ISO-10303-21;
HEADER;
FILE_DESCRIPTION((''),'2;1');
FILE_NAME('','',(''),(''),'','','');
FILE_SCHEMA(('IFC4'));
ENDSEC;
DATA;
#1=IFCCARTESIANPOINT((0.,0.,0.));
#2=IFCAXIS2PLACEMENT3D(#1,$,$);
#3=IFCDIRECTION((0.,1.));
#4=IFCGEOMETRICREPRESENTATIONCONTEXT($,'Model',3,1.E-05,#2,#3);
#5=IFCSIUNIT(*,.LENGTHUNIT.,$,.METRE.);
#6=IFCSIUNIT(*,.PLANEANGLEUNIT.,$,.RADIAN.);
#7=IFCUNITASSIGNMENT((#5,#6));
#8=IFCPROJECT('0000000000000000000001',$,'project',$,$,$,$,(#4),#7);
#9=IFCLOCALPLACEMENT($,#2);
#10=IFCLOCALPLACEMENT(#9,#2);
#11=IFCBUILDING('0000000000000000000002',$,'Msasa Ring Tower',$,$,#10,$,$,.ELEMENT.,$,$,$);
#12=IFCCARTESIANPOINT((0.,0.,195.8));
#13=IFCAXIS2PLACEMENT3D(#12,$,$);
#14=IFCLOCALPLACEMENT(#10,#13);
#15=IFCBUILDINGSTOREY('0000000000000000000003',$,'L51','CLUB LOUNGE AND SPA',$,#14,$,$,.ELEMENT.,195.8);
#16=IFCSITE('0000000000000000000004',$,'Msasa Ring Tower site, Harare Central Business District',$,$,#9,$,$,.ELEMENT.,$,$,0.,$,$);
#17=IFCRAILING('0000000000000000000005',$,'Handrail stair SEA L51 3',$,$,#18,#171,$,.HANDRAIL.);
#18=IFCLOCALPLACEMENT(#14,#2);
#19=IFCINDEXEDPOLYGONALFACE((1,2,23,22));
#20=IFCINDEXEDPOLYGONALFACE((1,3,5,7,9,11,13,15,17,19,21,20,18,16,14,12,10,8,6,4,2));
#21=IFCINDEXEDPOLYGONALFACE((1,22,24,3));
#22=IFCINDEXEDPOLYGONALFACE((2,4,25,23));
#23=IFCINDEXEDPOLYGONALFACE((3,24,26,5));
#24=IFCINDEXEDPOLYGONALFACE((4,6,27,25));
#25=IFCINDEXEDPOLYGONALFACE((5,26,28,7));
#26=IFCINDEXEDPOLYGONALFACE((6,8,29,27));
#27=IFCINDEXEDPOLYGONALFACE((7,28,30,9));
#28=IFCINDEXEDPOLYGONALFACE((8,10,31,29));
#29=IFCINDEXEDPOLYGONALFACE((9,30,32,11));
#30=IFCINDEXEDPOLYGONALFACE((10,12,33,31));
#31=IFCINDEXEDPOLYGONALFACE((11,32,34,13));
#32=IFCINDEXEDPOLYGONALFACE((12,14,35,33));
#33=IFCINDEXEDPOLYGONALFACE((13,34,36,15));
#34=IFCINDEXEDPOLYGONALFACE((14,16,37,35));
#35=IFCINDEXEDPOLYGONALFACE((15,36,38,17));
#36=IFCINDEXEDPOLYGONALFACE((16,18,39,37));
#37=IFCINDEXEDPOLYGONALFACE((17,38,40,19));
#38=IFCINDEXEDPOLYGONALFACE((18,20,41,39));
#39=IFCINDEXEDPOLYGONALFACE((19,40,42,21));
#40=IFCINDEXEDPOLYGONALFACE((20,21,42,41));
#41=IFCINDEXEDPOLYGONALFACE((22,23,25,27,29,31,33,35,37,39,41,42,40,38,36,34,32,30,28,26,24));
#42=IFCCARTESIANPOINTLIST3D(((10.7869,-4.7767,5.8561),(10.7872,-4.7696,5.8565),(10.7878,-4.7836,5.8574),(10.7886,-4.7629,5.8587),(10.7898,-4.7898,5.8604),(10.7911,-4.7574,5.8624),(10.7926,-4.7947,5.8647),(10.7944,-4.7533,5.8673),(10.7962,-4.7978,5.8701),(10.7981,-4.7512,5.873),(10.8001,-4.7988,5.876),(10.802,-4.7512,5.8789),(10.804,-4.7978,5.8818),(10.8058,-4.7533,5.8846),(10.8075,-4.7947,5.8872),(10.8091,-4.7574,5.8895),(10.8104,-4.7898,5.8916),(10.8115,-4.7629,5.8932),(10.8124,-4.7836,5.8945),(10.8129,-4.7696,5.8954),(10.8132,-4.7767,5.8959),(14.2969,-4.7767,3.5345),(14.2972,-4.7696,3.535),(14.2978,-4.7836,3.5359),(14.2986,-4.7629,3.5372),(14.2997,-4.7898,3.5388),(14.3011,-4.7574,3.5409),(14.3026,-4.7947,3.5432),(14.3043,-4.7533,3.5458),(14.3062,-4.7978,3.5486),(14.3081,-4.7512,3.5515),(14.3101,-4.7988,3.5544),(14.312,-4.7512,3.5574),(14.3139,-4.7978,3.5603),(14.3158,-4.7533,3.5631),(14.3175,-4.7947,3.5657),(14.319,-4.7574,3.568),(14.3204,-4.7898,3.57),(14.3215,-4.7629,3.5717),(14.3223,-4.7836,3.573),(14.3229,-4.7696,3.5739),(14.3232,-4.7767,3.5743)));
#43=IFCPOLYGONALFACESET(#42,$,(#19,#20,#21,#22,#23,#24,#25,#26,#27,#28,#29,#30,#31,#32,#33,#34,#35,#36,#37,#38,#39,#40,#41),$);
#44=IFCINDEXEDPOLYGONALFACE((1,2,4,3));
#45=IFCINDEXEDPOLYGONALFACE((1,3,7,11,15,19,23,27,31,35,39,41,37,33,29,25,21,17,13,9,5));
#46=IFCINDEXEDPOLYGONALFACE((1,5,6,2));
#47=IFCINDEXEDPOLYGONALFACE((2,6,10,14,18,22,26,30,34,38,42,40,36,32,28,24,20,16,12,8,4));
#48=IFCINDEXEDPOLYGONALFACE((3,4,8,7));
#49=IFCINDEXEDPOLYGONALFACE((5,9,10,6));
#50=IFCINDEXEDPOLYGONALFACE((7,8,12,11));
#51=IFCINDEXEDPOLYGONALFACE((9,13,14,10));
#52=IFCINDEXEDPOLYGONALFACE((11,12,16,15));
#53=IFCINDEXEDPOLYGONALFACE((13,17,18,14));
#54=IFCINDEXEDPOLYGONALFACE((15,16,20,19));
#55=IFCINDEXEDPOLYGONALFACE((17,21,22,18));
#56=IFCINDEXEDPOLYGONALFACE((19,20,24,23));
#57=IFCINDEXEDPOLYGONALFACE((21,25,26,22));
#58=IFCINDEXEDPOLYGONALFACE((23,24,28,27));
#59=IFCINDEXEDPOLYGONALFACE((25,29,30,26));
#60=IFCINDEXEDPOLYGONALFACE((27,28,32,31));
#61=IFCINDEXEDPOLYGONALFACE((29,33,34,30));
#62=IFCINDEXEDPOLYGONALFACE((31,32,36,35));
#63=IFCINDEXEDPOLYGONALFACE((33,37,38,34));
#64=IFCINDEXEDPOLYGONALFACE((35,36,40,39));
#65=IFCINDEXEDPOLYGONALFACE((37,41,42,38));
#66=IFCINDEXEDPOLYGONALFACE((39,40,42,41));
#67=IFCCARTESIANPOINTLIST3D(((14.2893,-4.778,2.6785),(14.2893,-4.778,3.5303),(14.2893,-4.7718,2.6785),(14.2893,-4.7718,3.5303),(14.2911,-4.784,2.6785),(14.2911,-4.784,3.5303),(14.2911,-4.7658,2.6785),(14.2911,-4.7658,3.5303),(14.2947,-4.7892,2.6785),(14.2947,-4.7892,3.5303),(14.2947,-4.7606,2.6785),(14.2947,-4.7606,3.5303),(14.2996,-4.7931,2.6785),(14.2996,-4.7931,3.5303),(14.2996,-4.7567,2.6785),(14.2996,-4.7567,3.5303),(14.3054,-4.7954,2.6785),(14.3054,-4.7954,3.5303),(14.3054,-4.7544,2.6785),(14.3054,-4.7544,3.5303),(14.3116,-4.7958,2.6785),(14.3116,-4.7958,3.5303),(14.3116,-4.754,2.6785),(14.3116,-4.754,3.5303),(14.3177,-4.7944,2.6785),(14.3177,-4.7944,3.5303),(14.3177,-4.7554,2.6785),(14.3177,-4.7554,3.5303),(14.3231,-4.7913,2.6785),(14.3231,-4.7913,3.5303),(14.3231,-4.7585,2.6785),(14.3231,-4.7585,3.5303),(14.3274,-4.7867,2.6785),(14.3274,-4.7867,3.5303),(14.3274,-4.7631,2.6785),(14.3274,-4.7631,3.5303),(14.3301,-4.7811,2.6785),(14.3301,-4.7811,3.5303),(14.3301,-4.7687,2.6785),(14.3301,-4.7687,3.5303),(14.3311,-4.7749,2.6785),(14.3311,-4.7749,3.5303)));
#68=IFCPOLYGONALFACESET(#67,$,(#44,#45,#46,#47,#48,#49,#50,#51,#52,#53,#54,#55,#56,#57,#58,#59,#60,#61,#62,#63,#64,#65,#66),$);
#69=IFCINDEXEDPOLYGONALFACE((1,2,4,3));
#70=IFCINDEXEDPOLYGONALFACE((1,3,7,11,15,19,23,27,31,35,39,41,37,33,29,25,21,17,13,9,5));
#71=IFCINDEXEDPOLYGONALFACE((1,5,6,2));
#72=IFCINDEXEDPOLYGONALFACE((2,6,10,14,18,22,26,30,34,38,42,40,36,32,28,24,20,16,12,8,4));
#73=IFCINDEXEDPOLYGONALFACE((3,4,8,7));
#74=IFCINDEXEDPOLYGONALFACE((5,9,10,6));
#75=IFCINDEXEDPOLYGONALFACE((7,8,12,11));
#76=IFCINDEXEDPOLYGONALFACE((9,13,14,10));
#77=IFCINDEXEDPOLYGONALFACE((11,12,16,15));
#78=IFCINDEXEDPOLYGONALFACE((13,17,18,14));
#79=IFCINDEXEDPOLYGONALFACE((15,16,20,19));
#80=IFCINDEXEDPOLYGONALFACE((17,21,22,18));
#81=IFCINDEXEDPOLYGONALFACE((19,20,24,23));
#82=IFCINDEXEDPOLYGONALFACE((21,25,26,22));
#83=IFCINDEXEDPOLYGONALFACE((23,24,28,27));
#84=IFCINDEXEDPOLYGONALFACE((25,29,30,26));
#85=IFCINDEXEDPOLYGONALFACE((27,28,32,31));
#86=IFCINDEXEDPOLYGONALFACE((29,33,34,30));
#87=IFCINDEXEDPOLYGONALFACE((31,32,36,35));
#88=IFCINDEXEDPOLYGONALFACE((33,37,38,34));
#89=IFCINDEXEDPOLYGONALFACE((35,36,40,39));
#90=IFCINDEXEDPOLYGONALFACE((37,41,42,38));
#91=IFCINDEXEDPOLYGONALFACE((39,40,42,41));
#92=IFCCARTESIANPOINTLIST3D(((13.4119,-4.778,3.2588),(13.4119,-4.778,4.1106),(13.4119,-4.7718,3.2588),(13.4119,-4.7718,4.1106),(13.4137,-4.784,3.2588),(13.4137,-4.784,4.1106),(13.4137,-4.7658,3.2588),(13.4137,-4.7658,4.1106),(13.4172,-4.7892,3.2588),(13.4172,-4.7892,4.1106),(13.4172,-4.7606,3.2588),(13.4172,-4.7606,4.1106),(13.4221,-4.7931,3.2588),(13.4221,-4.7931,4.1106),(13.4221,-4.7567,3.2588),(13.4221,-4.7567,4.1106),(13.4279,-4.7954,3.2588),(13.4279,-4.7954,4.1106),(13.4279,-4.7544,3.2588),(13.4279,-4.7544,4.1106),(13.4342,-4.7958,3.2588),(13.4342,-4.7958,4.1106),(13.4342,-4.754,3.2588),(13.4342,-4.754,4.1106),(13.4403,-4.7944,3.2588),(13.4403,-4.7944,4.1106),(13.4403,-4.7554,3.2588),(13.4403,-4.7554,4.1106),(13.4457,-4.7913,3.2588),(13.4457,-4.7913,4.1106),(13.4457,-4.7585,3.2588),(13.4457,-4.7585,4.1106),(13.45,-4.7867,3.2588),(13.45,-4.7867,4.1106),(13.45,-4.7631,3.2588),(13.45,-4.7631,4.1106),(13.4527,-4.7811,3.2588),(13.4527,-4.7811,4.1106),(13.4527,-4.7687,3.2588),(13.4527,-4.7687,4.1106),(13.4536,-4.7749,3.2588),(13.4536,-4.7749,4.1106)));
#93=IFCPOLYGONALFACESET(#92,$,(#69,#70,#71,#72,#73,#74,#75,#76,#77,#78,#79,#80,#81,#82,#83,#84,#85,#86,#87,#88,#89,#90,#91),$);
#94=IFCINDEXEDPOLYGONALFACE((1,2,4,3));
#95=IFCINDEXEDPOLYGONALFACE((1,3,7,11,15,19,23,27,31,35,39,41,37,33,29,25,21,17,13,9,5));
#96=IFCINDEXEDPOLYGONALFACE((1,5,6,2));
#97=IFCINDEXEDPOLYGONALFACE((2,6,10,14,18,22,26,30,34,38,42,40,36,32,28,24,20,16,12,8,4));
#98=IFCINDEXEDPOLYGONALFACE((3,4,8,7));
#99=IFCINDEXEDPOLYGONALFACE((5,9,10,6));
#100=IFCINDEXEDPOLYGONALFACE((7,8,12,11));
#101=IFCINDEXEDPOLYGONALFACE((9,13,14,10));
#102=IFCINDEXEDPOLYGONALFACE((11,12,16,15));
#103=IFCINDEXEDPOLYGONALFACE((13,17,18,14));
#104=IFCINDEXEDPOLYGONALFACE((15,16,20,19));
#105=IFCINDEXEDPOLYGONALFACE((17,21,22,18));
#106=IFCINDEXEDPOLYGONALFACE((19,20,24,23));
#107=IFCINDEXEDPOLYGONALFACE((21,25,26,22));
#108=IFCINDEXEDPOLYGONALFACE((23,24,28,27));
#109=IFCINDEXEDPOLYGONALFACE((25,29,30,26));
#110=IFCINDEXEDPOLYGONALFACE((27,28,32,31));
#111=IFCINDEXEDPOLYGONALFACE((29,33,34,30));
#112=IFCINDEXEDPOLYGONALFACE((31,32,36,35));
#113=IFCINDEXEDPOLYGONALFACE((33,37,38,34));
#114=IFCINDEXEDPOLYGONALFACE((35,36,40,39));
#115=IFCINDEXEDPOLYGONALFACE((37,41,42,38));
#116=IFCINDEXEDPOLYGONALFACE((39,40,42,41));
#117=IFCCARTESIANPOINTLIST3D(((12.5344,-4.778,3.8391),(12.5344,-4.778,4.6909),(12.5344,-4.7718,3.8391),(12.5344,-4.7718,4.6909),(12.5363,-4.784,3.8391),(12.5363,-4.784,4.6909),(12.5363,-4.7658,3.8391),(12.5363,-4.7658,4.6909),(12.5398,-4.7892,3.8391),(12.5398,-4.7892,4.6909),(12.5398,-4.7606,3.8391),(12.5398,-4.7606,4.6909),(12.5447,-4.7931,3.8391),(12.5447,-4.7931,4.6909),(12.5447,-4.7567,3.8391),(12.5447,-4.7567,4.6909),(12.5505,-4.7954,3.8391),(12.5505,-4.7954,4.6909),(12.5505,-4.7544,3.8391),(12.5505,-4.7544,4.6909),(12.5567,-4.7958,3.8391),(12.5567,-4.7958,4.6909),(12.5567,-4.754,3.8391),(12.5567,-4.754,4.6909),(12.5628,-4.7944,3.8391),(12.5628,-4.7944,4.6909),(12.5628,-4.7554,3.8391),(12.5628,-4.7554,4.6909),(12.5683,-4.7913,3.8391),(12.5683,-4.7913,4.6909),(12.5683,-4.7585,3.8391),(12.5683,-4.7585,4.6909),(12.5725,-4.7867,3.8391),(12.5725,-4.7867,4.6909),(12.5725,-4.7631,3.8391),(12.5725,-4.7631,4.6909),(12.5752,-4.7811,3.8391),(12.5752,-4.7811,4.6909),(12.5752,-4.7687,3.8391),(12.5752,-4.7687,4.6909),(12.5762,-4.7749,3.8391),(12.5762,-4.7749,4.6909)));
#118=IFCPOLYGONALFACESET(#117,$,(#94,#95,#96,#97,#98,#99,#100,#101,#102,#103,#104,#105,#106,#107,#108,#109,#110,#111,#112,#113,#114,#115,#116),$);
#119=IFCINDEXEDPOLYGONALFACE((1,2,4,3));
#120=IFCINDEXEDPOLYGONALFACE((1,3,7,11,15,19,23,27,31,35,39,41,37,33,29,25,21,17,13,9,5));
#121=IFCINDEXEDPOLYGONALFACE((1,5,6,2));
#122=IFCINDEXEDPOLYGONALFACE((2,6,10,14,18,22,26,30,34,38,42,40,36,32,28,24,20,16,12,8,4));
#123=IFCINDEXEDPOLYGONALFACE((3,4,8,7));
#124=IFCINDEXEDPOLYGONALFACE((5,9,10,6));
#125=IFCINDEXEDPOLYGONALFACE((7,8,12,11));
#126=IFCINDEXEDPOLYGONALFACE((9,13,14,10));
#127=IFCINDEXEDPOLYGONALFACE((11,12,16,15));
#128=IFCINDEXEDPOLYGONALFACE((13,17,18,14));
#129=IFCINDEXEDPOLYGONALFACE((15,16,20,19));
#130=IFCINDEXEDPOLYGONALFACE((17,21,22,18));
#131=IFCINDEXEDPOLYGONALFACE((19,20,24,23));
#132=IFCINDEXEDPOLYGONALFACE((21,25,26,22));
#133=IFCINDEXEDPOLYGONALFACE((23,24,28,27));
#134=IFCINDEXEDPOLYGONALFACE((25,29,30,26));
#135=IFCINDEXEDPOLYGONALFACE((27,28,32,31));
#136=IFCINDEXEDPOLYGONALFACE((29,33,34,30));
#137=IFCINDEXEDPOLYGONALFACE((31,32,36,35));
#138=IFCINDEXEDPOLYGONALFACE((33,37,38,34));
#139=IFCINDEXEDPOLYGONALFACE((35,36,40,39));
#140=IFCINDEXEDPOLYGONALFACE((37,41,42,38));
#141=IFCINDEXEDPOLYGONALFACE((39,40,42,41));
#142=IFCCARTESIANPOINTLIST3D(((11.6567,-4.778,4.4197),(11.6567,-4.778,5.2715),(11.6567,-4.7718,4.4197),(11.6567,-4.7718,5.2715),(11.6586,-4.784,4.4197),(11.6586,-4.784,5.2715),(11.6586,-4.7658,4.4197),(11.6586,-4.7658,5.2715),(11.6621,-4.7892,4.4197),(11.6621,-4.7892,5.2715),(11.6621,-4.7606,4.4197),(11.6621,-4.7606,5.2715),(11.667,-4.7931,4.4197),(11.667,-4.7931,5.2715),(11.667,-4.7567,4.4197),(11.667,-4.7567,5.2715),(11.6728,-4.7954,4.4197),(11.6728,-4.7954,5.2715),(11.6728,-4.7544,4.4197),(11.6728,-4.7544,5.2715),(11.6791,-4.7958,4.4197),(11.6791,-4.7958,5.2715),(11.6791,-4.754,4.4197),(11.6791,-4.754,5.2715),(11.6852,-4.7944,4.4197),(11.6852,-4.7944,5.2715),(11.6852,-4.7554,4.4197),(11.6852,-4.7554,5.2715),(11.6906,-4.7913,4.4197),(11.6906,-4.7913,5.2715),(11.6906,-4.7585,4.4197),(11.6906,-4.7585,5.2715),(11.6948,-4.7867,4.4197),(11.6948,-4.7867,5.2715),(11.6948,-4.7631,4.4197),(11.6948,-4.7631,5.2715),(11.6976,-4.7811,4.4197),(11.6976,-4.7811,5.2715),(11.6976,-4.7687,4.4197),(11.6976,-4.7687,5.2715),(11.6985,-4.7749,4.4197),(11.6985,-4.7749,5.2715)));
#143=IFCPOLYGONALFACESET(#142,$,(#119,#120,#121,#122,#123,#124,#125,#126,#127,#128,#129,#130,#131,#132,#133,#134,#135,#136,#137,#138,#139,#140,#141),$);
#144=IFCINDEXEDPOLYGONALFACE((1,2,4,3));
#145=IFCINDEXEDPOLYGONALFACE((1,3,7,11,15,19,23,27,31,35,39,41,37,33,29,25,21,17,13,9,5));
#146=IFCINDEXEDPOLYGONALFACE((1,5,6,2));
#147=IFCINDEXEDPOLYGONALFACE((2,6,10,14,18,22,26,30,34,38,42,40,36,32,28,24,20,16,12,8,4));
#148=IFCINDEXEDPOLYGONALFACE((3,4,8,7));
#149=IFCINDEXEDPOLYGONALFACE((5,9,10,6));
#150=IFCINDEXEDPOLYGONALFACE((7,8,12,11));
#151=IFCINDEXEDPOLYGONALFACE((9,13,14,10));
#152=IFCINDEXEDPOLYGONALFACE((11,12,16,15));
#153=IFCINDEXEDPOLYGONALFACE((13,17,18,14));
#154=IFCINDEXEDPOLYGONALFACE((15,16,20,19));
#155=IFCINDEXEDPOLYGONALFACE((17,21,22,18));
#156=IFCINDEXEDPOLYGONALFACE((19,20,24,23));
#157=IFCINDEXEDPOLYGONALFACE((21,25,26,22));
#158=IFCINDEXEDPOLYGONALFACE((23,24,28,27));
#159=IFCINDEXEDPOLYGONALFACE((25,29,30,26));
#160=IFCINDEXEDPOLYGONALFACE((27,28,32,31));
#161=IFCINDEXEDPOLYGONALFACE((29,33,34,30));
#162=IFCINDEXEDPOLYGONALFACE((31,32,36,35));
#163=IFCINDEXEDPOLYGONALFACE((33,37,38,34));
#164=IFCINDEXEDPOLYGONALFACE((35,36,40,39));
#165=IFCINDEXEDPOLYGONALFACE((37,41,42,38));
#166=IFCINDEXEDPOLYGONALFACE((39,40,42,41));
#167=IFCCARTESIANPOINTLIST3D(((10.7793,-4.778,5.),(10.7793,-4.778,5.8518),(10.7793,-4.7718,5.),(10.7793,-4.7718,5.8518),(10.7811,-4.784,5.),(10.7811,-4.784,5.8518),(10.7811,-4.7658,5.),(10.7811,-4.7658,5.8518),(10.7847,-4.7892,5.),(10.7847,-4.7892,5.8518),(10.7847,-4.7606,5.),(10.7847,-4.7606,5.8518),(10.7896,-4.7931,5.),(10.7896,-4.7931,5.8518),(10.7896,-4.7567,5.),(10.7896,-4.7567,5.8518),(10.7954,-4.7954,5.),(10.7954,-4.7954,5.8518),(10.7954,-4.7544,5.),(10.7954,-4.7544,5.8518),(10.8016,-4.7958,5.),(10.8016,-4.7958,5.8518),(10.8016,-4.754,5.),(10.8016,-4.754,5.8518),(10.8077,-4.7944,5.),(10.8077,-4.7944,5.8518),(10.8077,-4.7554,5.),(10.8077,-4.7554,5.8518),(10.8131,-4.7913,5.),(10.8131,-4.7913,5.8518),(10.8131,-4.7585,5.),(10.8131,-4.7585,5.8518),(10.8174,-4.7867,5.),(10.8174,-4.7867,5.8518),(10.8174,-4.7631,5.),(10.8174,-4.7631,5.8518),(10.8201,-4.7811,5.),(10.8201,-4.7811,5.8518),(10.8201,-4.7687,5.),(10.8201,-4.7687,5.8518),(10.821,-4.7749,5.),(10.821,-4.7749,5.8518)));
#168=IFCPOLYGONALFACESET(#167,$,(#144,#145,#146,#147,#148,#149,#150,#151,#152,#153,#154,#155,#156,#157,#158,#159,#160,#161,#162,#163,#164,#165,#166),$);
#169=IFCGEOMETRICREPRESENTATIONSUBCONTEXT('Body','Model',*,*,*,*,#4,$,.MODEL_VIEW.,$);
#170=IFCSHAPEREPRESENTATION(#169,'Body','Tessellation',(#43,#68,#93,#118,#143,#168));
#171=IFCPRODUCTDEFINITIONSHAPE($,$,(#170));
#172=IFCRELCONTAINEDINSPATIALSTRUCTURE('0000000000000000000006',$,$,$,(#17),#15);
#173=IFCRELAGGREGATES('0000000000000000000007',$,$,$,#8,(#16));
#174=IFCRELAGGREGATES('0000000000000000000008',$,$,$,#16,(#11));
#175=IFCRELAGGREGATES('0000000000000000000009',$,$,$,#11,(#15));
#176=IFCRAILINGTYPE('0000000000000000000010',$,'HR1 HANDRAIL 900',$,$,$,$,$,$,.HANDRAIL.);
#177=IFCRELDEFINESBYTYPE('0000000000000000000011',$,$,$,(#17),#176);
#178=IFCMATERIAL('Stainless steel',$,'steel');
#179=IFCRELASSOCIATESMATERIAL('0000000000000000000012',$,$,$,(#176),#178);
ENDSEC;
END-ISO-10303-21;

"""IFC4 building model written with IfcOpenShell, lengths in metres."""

from ifc_helpers import new_model, si_unit, direction, frame, origin, origin_2d, place, context, subcontext, project, spatial, circle, extrude, material, type_object, element, save


model = new_model("IFC4")

# Units and contexts
model_context = context("Model", 3, precision=1e-05, world=origin(), true_north=direction((0.0, 1.0)))
body_context = subcontext(model_context, "Body", "Model", "MODEL_VIEW")
ifc_project = project(units=[si_unit("LENGTHUNIT", "METRE"), si_unit("PLANEANGLEUNIT", "RADIAN")], contexts=[model_context])

# Site, building, storey
site_placement = place(None, origin())
site = spatial("IfcSite", under=ifc_project, at=site_placement, Name="Msasa Ring Tower site, Harare Central Business District", CompositionType="ELEMENT", RefElevation=0.0)
building_placement = place(site_placement, origin())
building = spatial("IfcBuilding", under=site, at=building_placement, Name="Msasa Ring Tower", CompositionType="ELEMENT")
storey_placement = place(building_placement, frame((0.0, 0.0, 195.8)))
storey = spatial("IfcBuildingStorey", under=building, at=storey_placement, Name="L51", Description="CLUB LOUNGE AND SPA", CompositionType="ELEMENT", Elevation=195.8)

# Railing
ifc_material_1 = material(Name="Stainless steel", Category="steel")
railing_type = type_object("IfcRailingType", Name="HR1 HANDRAIL 900", PredefinedType="HANDRAIL", material=ifc_material_1)
for number, where, name in (
    (1, (14.3101, -4.7749, 2.6785), "Handrail stair SEA L51 3"),
):
    element("IfcRailing", number, at=place(storey_placement, frame(where)), inside=storey, type_object=railing_type, Name=name, PredefinedType="HANDRAIL", context=body_context, shape_type="SweptSolid", body=[
        extrude(circle(Radius=0.0239, at=origin_2d()), frame((0.0, 0.0, 0.876), z_axis=(-0.834071, 0.0, 0.551657), x_axis=(0.0, -1.0, 0.0)), (0.0, 0.0, 1.0), 4.2083),
        extrude(circle(Radius=0.021, at=origin_2d()), origin(), (0.0, 0.0, 1.0), 0.8518),
        extrude(circle(Radius=0.021, at=origin_2d()), frame((-0.8774, 0.0, 0.5803)), (0.0, 0.0, 1.0), 0.8518),
        extrude(circle(Radius=0.021, at=origin_2d()), frame((-1.7549, 0.0, 1.1606)), (0.0, 0.0, 1.0), 0.8518),
        extrude(circle(Radius=0.021, at=origin_2d()), frame((-2.6326, 0.0, 1.7412)), (0.0, 0.0, 1.0), 0.8518),
        extrude(circle(Radius=0.021, at=origin_2d()), frame((-3.51, 0.0, 2.3215)), (0.0, 0.0, 1.0), 0.8518),
    ])

save(model, "model.ifc")
